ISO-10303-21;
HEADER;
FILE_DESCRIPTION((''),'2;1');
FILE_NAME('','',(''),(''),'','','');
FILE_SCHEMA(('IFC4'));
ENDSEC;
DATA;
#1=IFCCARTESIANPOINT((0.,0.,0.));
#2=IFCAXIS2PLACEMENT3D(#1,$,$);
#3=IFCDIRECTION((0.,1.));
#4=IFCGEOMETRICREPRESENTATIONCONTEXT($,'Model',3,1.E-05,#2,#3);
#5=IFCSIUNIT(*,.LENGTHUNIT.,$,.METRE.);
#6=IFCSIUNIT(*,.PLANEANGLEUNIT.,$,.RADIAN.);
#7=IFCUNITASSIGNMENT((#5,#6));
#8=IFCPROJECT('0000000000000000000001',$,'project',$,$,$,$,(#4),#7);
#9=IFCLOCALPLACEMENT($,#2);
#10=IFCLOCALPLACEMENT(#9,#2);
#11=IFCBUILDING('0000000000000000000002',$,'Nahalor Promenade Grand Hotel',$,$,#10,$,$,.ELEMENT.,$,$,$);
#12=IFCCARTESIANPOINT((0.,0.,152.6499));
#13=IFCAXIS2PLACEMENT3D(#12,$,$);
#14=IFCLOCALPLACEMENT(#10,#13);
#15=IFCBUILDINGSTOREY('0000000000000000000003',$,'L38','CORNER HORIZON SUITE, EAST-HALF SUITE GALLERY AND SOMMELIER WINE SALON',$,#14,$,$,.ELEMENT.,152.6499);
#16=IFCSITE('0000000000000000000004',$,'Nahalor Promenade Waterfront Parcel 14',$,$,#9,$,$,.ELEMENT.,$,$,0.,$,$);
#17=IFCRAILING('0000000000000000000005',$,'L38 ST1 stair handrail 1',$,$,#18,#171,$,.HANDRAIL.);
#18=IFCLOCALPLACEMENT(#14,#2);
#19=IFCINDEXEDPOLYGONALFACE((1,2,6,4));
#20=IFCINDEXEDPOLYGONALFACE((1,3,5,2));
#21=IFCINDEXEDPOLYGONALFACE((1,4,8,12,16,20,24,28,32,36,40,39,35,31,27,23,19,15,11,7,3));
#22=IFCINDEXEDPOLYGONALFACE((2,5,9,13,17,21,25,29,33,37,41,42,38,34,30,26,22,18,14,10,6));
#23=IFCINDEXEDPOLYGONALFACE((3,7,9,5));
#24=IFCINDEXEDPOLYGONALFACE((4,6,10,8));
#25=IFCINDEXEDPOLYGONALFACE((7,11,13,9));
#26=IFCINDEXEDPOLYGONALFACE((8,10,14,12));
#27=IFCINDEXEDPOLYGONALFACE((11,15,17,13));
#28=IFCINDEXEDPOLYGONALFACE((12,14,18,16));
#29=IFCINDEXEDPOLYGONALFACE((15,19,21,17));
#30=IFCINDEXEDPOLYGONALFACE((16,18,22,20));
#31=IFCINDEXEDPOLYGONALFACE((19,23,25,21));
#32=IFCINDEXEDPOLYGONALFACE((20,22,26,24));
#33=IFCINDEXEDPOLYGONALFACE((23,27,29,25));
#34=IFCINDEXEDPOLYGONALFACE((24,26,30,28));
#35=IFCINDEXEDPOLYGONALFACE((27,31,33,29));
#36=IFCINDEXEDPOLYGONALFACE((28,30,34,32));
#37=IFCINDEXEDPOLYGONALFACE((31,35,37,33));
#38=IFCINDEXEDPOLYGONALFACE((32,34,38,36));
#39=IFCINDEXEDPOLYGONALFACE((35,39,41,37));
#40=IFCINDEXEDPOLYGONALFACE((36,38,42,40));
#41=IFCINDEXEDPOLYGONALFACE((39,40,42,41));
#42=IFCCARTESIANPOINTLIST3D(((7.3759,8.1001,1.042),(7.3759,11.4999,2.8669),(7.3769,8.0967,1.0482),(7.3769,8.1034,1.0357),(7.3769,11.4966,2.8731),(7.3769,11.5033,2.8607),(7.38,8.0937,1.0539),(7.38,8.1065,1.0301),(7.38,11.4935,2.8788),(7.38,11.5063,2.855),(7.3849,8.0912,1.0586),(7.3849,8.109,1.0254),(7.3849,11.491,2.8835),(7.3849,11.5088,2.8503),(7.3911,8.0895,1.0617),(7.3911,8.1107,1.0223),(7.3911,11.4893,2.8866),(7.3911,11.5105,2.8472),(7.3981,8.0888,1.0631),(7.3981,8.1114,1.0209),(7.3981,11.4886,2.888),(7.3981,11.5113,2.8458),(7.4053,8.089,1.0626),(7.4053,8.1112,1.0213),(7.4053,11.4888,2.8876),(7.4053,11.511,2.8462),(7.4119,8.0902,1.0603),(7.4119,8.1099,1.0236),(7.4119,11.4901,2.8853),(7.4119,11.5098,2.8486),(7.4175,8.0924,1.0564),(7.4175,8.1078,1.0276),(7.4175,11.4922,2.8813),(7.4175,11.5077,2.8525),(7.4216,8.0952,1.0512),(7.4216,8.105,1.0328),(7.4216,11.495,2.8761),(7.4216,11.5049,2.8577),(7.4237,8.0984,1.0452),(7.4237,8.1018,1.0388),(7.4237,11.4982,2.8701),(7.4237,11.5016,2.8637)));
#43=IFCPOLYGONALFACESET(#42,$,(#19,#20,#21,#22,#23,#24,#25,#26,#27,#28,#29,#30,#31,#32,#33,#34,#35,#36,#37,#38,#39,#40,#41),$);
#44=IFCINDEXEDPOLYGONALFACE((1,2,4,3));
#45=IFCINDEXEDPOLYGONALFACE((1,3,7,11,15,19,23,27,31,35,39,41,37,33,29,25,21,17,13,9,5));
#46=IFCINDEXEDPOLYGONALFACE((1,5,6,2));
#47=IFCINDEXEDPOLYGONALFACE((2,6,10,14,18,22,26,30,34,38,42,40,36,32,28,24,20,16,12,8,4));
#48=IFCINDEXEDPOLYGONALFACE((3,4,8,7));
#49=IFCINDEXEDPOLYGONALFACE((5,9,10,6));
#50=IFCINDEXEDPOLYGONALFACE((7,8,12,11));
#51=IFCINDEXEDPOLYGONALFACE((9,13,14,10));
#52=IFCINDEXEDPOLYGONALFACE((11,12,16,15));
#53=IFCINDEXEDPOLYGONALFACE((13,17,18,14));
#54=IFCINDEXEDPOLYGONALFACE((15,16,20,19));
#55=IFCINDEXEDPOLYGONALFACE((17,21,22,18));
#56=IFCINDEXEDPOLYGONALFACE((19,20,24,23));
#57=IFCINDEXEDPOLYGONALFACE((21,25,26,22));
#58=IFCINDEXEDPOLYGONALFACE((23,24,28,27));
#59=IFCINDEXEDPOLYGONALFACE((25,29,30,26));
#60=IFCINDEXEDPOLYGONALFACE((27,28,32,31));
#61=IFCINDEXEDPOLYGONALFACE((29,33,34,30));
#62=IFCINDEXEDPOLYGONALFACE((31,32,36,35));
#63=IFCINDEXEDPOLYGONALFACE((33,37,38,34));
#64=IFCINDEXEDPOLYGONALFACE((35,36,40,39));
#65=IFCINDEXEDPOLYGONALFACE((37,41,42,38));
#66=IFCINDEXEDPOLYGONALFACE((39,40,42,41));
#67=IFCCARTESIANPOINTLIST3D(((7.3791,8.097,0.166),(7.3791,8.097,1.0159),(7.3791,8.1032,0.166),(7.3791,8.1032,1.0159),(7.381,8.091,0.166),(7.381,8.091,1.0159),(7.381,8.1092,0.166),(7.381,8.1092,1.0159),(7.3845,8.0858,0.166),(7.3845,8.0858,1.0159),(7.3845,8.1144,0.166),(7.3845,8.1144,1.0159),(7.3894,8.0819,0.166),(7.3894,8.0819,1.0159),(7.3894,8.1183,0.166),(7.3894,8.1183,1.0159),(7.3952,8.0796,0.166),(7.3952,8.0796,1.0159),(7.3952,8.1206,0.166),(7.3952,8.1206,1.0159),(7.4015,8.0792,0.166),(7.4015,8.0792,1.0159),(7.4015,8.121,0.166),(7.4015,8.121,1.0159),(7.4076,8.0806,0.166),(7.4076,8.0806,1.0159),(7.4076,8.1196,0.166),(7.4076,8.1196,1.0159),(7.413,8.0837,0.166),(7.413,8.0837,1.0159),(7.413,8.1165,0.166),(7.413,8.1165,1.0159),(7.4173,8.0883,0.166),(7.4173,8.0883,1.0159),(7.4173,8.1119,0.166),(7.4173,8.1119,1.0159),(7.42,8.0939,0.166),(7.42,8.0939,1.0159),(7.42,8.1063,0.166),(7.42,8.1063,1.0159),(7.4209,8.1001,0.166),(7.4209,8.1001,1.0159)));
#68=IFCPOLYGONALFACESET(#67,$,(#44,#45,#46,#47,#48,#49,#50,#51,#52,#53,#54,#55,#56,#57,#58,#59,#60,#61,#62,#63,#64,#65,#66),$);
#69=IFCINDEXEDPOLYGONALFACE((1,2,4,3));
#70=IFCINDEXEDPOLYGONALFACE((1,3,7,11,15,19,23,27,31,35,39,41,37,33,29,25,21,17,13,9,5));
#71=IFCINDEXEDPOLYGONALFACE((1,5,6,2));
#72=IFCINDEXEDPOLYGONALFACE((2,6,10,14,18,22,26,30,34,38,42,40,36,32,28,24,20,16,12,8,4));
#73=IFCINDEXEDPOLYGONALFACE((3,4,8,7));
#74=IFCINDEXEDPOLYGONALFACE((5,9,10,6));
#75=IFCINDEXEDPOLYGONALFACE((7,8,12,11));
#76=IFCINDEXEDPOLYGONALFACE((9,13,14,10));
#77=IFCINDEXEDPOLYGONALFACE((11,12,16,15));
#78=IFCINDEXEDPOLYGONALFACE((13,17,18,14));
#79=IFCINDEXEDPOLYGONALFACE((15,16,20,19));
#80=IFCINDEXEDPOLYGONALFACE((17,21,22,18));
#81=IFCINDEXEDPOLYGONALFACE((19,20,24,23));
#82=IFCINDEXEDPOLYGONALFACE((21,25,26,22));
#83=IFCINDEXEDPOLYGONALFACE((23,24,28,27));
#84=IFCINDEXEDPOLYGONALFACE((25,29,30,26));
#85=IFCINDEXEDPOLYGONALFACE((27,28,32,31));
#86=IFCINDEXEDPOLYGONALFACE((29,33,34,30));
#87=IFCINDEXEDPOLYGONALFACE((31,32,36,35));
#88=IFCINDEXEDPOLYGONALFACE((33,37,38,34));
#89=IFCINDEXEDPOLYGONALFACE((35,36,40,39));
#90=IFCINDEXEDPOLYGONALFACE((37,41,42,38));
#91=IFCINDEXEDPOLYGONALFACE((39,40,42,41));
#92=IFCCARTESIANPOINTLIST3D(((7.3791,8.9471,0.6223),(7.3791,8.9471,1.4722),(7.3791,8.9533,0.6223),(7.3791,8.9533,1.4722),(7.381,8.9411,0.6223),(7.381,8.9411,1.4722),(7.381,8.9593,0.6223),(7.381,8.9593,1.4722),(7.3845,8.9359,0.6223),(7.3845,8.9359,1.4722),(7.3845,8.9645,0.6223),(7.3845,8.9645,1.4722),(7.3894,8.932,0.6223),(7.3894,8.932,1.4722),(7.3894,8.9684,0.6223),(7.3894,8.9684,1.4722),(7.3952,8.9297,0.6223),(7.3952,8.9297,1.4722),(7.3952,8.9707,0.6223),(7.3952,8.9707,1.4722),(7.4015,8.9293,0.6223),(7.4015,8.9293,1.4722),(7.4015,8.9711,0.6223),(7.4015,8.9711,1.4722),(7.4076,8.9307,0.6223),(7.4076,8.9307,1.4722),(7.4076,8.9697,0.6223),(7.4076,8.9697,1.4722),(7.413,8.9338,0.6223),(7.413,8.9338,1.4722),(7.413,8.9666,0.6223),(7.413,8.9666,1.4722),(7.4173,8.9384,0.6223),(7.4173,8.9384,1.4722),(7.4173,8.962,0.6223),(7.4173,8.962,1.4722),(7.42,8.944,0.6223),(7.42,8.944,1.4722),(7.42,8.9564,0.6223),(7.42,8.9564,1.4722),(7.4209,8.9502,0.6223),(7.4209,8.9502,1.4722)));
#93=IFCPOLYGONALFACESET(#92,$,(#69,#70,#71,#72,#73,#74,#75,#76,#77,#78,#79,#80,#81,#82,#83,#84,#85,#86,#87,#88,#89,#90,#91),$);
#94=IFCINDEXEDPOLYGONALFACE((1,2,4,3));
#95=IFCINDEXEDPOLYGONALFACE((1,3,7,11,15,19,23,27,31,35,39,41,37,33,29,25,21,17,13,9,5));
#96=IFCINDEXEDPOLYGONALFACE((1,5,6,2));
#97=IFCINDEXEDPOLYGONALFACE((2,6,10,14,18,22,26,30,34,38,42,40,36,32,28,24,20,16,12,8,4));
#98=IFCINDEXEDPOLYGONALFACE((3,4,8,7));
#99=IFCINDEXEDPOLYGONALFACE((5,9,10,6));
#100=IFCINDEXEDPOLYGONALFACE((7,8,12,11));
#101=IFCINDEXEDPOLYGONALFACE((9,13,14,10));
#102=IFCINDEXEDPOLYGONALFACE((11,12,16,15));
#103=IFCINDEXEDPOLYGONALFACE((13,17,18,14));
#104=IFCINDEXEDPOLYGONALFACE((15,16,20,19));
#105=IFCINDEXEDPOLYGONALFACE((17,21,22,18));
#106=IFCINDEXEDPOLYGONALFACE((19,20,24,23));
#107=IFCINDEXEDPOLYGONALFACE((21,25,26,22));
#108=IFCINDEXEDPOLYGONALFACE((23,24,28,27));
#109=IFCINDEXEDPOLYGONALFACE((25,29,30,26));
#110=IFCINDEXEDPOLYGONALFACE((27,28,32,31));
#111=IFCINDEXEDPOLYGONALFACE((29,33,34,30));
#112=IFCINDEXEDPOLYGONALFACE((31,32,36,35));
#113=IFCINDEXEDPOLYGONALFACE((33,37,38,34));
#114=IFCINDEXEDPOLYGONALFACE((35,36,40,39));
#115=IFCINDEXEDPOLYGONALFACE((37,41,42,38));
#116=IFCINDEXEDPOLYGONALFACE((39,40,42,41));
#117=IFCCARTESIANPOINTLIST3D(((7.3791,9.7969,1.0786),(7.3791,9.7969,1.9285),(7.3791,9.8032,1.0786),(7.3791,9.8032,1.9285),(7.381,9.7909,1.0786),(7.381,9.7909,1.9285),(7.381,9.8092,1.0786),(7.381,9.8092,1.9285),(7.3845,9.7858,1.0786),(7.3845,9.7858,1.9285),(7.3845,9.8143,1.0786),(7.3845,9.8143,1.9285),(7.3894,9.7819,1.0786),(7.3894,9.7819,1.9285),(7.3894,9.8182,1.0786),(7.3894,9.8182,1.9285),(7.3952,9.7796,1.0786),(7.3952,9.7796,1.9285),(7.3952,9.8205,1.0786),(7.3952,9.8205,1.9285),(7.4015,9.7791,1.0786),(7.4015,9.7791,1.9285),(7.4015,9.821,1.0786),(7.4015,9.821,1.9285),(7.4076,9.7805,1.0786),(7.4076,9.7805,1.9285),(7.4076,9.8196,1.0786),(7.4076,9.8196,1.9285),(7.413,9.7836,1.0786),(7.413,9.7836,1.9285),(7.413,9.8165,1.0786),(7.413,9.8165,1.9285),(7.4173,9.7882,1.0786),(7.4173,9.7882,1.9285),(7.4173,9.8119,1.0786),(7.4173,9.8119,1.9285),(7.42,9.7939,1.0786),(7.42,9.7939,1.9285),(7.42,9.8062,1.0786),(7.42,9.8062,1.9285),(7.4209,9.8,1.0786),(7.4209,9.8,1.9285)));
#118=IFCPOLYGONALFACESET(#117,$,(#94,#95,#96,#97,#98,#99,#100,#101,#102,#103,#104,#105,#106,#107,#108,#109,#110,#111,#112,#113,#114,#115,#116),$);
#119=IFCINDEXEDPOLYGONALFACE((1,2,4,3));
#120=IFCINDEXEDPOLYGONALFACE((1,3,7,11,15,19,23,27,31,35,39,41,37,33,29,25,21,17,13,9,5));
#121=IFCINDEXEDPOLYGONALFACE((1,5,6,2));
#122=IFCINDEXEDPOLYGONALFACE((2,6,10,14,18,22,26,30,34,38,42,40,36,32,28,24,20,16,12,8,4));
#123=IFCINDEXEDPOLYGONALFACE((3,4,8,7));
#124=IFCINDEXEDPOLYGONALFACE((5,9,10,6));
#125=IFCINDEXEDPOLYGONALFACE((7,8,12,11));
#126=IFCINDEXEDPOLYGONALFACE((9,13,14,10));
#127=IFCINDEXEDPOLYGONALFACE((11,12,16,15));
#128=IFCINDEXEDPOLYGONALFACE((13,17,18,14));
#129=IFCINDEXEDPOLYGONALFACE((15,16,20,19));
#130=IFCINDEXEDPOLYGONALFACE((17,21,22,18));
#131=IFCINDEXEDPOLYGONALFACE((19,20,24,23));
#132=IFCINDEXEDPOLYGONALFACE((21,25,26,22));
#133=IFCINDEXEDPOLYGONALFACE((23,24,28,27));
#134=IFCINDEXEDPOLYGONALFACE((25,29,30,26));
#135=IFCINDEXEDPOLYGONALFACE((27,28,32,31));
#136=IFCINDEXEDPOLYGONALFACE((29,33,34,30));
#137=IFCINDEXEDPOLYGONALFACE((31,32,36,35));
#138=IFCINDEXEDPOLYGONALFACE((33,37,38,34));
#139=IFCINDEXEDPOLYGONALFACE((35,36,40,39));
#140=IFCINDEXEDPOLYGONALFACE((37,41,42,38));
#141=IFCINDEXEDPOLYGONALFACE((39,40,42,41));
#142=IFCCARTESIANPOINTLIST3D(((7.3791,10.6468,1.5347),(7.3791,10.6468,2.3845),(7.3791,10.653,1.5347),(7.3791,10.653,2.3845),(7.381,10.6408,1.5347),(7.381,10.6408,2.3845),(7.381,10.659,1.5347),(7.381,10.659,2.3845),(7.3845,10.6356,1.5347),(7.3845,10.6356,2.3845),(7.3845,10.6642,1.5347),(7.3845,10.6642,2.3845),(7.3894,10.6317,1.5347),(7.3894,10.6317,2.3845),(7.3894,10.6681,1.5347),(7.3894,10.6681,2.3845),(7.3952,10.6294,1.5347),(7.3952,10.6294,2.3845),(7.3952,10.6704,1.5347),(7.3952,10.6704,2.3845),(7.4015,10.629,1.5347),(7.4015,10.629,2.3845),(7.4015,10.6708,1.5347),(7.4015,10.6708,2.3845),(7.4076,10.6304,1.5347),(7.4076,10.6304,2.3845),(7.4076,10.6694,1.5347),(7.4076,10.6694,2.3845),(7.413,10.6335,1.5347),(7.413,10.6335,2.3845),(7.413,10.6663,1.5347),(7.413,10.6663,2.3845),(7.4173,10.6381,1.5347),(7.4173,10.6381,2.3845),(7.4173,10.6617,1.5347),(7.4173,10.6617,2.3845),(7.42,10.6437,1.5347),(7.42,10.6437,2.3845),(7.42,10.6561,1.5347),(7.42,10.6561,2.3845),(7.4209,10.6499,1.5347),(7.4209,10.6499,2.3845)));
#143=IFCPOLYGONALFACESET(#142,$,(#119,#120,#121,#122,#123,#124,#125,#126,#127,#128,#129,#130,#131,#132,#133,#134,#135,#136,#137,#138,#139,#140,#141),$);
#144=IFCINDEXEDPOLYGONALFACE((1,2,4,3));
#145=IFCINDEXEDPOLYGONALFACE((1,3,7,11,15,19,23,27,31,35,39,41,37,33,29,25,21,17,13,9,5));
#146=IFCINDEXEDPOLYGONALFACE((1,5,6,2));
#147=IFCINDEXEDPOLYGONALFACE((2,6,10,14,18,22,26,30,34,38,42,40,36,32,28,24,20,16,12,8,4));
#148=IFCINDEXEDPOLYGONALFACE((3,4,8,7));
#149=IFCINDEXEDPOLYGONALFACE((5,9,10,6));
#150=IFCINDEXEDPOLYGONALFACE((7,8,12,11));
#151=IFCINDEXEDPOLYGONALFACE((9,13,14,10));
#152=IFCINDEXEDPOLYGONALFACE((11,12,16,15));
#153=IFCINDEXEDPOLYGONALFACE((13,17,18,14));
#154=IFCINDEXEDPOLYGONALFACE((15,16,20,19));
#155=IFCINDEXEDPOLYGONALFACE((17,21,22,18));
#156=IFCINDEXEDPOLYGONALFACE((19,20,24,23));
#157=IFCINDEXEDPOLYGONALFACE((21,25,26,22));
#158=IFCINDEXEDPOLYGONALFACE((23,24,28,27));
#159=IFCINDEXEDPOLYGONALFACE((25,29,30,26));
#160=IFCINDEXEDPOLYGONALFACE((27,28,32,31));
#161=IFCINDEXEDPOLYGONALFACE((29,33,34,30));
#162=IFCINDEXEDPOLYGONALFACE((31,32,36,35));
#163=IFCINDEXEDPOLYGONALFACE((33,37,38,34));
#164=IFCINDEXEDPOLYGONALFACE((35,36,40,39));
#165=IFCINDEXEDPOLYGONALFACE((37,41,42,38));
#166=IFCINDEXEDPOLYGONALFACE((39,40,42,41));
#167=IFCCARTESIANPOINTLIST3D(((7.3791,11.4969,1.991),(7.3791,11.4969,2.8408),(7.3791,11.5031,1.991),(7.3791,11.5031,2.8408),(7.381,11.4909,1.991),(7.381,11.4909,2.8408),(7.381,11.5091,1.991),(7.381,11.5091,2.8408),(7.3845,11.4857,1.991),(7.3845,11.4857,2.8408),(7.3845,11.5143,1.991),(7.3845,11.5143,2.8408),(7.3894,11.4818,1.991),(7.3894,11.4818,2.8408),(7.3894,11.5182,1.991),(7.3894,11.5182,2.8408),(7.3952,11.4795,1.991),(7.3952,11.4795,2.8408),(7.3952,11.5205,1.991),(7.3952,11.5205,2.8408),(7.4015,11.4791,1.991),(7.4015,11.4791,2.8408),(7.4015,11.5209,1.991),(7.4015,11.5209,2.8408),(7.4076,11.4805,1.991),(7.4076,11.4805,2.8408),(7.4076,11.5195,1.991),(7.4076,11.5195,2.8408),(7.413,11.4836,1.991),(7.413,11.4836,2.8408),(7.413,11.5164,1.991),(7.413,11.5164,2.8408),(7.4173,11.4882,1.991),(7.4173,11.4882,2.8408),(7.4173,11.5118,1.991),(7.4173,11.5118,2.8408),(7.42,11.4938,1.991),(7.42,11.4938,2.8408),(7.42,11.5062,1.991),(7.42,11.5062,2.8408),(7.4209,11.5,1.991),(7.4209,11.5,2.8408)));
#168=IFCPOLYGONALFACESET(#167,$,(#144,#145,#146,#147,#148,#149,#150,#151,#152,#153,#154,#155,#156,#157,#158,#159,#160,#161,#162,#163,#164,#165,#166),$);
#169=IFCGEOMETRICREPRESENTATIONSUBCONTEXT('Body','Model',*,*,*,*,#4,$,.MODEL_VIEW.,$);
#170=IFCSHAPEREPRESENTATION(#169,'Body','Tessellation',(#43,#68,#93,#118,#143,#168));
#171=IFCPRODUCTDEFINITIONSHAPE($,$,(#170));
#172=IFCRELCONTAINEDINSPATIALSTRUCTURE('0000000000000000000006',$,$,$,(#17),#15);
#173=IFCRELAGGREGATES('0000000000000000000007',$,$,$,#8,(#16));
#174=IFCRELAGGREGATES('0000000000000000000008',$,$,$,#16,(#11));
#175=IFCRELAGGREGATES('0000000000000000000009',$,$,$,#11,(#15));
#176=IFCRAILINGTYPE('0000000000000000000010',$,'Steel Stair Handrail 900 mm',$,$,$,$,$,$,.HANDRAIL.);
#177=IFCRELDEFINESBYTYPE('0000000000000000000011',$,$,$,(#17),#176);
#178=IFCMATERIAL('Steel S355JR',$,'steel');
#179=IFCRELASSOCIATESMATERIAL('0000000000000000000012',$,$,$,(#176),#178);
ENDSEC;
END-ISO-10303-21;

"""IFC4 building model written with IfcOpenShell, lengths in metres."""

from ifc_helpers import new_model, si_unit, direction, frame, origin, origin_2d, place, context, subcontext, project, spatial, circle, extrude, material, type_object, element, save


model = new_model("IFC4")

# Units and contexts
model_context = context("Model", 3, precision=1e-05, world=origin(), true_north=direction((0.0, 1.0)))
body_context = subcontext(model_context, "Body", "Model", "MODEL_VIEW")
ifc_project = project(units=[si_unit("LENGTHUNIT", "METRE"), si_unit("PLANEANGLEUNIT", "RADIAN")], contexts=[model_context])

# Site, building, storey
site_placement = place(None, origin())
site = spatial("IfcSite", under=ifc_project, at=site_placement, Name="Nahalor Promenade Waterfront Parcel 14", CompositionType="ELEMENT", RefElevation=0.0)
building_placement = place(site_placement, origin())
building = spatial("IfcBuilding", under=site, at=building_placement, Name="Nahalor Promenade Grand Hotel", CompositionType="ELEMENT")
storey_placement = place(building_placement, frame((0.0, 0.0, 152.6499)))
storey = spatial("IfcBuildingStorey", under=building, at=storey_placement, Name="L38", Description="CORNER HORIZON SUITE, EAST-HALF SUITE GALLERY AND SOMMELIER WINE SALON", CompositionType="ELEMENT", Elevation=152.6499)

# Shared definitions
ifc_material_1 = material(Name="Steel S355JR", Category="steel")

# Railing
railing_type_1 = type_object("IfcRailingType", Name="Steel Stair Handrail 900 mm", PredefinedType="HANDRAIL", material=ifc_material_1)
railing_1_placement = place(storey_placement, frame((7.3999, 8.1001, 0.166)))
element("IfcRailing", 1, at=railing_1_placement, inside=storey, type_object=railing_type_1, Name="L38 ST1 stair handrail 1", PredefinedType="HANDRAIL", context=body_context, shape_type="SweptSolid", body=[
    extrude(circle(Radius=0.024, at=origin_2d()), frame((0.0, 0.0, 0.876), z_axis=(0.0, 0.881094, 0.472941), x_axis=(-1.0, 0.0, 0.0)), (0.0, 0.0, 1.0), 3.8586),
    extrude(circle(Radius=0.021, at=origin_2d()), origin(), (0.0, 0.0, 1.0), 0.8499),
    extrude(circle(Radius=0.021, at=origin_2d()), frame((0.0, 0.8501, 0.4563)), (0.0, 0.0, 1.0), 0.8499),
    extrude(circle(Radius=0.021, at=origin_2d()), frame((0.0, 1.7, 0.9126)), (0.0, 0.0, 1.0), 0.8499),
    extrude(circle(Radius=0.021, at=origin_2d()), frame((0.0, 2.5498, 1.3687)), (0.0, 0.0, 1.0), 0.8499),
    extrude(circle(Radius=0.021, at=origin_2d()), frame((0.0, 3.3999, 1.825)), (0.0, 0.0, 1.0), 0.8499),
])

save(model, "model.ifc")
